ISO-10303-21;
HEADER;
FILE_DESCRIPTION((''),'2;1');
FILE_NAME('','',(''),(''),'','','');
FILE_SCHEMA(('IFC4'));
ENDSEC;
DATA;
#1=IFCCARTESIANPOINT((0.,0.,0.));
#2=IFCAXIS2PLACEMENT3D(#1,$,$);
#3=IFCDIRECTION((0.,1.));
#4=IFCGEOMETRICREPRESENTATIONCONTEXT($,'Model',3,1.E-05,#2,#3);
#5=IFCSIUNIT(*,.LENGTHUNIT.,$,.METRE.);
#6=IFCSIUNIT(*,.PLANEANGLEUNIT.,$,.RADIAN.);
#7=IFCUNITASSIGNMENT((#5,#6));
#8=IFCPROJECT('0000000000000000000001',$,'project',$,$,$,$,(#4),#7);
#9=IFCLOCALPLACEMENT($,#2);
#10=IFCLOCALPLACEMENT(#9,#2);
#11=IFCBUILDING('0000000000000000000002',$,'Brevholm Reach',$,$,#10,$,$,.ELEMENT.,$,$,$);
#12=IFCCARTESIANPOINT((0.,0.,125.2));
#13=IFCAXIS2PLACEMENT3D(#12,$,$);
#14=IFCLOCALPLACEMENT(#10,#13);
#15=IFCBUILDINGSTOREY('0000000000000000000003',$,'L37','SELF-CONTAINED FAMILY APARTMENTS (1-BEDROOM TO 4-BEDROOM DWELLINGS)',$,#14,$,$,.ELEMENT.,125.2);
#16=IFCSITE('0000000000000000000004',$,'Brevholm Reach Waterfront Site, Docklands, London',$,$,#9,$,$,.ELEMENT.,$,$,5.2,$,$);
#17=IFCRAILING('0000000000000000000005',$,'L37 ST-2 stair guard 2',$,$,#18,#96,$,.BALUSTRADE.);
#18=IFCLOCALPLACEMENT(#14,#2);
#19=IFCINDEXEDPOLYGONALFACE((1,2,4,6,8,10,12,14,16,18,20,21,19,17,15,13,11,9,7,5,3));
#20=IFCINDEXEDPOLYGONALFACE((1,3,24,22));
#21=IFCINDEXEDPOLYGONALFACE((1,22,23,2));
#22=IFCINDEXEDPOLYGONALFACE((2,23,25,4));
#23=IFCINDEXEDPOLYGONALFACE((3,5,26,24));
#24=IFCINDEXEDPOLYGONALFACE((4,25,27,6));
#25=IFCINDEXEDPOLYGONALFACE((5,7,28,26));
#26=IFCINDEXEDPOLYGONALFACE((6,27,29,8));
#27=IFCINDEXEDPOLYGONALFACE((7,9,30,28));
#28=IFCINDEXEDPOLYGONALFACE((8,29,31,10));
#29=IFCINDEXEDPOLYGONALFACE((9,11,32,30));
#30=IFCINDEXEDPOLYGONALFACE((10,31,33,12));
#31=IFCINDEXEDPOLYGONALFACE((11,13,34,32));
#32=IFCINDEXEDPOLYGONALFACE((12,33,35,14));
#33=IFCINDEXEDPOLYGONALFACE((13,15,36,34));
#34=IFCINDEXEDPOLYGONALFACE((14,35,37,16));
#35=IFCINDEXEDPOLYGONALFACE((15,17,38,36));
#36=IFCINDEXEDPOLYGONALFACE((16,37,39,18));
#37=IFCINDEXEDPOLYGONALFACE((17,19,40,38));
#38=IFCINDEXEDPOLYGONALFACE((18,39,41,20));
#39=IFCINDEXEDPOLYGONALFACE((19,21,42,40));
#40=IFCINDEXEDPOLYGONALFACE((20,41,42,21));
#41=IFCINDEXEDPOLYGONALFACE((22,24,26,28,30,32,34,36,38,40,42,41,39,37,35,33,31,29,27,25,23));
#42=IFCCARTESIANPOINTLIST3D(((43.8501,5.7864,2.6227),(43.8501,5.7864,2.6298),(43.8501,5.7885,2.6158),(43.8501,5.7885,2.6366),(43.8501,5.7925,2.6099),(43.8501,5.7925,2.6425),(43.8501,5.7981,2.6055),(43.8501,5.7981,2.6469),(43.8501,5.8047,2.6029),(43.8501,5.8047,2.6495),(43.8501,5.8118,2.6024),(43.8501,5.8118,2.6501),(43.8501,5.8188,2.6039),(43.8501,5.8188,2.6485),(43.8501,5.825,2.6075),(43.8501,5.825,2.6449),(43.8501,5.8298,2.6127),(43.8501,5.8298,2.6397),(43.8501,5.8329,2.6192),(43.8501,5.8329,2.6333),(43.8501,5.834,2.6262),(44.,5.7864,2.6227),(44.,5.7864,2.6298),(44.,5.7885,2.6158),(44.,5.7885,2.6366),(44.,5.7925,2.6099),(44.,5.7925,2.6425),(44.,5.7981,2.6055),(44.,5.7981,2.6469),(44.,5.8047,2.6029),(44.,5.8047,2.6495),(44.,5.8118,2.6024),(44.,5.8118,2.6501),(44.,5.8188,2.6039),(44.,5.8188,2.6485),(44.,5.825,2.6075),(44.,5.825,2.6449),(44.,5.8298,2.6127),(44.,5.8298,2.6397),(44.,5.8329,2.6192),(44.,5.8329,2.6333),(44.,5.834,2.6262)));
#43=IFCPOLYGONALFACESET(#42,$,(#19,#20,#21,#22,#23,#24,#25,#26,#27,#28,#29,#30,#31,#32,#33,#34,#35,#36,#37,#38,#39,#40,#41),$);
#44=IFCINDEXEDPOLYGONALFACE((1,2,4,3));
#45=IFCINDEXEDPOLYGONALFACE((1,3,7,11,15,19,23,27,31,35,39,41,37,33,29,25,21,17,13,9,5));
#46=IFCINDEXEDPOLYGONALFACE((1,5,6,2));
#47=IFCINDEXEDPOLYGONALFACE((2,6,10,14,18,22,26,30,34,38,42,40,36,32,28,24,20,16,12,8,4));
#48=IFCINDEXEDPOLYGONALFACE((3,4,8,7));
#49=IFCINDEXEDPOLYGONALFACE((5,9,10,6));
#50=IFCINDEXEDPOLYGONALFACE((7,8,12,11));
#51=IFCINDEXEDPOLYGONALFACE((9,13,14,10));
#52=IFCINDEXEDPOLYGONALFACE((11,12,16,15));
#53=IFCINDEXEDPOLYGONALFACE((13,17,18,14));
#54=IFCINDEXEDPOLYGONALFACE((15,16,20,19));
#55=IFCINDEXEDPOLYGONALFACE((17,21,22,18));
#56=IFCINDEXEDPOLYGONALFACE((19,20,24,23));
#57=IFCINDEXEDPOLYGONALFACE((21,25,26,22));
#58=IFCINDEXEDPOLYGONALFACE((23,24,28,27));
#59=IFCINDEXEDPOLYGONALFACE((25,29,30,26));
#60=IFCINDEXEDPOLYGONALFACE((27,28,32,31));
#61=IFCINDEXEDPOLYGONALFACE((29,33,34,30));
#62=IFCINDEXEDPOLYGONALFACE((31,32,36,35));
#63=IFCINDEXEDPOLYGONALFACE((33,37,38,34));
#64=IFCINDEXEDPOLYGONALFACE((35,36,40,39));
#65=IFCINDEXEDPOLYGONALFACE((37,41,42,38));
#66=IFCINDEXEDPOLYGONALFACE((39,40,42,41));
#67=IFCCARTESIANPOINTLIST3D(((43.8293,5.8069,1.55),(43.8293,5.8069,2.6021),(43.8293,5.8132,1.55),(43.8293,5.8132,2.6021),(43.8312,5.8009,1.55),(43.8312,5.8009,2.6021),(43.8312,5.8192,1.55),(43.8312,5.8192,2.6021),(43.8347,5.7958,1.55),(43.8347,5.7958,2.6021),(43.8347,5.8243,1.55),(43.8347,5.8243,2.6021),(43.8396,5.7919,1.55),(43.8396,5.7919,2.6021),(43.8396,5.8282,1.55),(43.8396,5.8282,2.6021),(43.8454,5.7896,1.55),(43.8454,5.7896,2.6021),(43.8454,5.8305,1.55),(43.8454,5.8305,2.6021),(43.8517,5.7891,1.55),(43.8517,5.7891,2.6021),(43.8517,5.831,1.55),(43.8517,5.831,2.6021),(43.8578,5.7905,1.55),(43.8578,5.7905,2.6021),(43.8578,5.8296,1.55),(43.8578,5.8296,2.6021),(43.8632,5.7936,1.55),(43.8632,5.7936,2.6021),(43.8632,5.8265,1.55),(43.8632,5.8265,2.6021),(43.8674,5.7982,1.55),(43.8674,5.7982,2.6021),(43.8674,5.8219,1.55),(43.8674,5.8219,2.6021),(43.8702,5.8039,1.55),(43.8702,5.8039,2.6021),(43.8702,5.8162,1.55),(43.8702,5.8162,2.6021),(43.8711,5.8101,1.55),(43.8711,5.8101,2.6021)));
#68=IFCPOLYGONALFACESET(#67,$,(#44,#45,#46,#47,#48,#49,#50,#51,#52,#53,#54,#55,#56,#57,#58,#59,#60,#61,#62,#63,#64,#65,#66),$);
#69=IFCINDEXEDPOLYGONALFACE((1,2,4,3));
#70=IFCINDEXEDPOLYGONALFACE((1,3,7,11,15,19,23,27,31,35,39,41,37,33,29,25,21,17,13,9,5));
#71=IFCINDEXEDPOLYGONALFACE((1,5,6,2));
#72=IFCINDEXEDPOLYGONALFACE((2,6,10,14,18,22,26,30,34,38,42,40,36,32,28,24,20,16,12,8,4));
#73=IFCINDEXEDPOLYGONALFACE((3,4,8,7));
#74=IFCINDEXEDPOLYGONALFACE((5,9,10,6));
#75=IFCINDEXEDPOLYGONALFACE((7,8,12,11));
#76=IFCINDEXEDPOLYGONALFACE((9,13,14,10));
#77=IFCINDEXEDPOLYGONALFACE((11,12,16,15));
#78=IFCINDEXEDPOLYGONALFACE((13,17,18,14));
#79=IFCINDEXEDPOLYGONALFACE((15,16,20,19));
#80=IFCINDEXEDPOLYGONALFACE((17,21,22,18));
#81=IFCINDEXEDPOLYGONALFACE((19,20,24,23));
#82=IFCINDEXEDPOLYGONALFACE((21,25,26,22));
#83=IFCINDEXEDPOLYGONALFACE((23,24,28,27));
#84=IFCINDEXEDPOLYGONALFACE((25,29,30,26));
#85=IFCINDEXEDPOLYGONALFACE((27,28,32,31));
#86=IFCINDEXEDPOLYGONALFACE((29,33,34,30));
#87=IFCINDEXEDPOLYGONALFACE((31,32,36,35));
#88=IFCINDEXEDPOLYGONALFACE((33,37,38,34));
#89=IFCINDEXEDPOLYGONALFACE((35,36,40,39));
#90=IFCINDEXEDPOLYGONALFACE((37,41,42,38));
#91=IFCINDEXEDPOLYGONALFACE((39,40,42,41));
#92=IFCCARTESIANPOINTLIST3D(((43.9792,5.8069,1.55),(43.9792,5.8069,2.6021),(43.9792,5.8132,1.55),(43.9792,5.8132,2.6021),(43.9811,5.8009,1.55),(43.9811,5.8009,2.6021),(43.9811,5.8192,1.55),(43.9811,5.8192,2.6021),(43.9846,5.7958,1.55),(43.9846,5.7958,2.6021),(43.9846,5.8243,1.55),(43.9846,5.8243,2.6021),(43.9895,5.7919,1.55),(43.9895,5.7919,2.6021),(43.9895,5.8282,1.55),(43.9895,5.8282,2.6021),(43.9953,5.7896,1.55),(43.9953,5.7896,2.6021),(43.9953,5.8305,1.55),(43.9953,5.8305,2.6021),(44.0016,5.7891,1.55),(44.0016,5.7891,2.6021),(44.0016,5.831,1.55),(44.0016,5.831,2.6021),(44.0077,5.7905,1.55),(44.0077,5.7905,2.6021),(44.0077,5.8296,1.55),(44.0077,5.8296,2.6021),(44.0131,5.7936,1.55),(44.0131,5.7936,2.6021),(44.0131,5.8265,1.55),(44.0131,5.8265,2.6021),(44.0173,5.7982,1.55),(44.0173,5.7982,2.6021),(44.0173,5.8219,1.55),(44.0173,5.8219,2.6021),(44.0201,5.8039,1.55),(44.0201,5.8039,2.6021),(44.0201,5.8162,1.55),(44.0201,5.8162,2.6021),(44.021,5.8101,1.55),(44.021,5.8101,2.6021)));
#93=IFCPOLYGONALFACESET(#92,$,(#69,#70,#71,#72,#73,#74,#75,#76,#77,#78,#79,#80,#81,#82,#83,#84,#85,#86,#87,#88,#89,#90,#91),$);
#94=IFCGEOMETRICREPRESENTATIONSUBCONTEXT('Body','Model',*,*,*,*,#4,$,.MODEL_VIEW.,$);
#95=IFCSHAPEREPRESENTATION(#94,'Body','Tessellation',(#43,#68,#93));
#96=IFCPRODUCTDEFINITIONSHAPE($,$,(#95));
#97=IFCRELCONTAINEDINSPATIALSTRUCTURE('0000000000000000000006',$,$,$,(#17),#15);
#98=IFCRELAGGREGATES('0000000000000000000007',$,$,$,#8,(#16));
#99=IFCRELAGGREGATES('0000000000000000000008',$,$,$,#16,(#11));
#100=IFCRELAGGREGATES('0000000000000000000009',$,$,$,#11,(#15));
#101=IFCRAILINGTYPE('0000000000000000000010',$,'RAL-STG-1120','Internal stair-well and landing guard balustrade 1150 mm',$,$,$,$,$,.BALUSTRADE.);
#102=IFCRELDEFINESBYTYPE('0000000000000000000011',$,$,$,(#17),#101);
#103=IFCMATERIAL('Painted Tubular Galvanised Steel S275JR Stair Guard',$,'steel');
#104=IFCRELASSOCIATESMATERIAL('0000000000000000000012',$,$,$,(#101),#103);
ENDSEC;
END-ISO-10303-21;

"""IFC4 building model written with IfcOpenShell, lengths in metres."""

from ifc_helpers import new_model, si_unit, direction, frame, origin, origin_2d, place, context, subcontext, project, spatial, circle, extrude, material, type_object, element, save


model = new_model("IFC4")

# Units and contexts
model_context = context("Model", 3, precision=1e-05, world=origin(), true_north=direction((0.0, 1.0)))
body_context = subcontext(model_context, "Body", "Model", "MODEL_VIEW")
ifc_project = project(units=[si_unit("LENGTHUNIT", "METRE"), si_unit("PLANEANGLEUNIT", "RADIAN")], contexts=[model_context])

# Site, building, storey
site_placement = place(None, origin())
site = spatial("IfcSite", under=ifc_project, at=site_placement, Name="Brevholm Reach Waterfront Site, Docklands, London", CompositionType="ELEMENT", RefElevation=5.2)
building_placement = place(site_placement, origin())
building = spatial("IfcBuilding", under=site, at=building_placement, Name="Brevholm Reach", CompositionType="ELEMENT")
storey_placement = place(building_placement, frame((0.0, 0.0, 125.2)))
storey = spatial("IfcBuildingStorey", under=building, at=storey_placement, Name="L37", Description="SELF-CONTAINED FAMILY APARTMENTS (1-BEDROOM TO 4-BEDROOM DWELLINGS)", CompositionType="ELEMENT", Elevation=125.2)

# Railing
ifc_material_1 = material(Name="Painted Tubular Galvanised Steel S275JR Stair Guard", Category="steel")
railing_type_1 = type_object("IfcRailingType", Name="RAL-STG-1120", Description="Internal stair-well and landing guard balustrade 1150 mm", PredefinedType="BALUSTRADE", material=ifc_material_1)
railing_1_placement = place(storey_placement, frame((43.8501, 5.8101, 1.55)))
element("IfcRailing", 1, at=railing_1_placement, inside=storey, type_object=railing_type_1, Name="L37 ST-2 stair guard 2", PredefinedType="BALUSTRADE", context=body_context, shape_type="SweptSolid", body=[
    extrude(circle(Radius=0.0239, at=origin_2d()), frame((0.0, 0.0, 1.0762), z_axis=(1.0, 0.0, 0.0), x_axis=(0.0, 1.0, 0.0)), (0.0, 0.0, 1.0), 0.1499),
    extrude(circle(Radius=0.021, at=origin_2d()), origin(), (0.0, 0.0, 1.0), 1.052),
    extrude(circle(Radius=0.021, at=origin_2d()), frame((0.1499, 0.0, 0.0)), (0.0, 0.0, 1.0), 1.052),
])

save(model, "model.ifc")
